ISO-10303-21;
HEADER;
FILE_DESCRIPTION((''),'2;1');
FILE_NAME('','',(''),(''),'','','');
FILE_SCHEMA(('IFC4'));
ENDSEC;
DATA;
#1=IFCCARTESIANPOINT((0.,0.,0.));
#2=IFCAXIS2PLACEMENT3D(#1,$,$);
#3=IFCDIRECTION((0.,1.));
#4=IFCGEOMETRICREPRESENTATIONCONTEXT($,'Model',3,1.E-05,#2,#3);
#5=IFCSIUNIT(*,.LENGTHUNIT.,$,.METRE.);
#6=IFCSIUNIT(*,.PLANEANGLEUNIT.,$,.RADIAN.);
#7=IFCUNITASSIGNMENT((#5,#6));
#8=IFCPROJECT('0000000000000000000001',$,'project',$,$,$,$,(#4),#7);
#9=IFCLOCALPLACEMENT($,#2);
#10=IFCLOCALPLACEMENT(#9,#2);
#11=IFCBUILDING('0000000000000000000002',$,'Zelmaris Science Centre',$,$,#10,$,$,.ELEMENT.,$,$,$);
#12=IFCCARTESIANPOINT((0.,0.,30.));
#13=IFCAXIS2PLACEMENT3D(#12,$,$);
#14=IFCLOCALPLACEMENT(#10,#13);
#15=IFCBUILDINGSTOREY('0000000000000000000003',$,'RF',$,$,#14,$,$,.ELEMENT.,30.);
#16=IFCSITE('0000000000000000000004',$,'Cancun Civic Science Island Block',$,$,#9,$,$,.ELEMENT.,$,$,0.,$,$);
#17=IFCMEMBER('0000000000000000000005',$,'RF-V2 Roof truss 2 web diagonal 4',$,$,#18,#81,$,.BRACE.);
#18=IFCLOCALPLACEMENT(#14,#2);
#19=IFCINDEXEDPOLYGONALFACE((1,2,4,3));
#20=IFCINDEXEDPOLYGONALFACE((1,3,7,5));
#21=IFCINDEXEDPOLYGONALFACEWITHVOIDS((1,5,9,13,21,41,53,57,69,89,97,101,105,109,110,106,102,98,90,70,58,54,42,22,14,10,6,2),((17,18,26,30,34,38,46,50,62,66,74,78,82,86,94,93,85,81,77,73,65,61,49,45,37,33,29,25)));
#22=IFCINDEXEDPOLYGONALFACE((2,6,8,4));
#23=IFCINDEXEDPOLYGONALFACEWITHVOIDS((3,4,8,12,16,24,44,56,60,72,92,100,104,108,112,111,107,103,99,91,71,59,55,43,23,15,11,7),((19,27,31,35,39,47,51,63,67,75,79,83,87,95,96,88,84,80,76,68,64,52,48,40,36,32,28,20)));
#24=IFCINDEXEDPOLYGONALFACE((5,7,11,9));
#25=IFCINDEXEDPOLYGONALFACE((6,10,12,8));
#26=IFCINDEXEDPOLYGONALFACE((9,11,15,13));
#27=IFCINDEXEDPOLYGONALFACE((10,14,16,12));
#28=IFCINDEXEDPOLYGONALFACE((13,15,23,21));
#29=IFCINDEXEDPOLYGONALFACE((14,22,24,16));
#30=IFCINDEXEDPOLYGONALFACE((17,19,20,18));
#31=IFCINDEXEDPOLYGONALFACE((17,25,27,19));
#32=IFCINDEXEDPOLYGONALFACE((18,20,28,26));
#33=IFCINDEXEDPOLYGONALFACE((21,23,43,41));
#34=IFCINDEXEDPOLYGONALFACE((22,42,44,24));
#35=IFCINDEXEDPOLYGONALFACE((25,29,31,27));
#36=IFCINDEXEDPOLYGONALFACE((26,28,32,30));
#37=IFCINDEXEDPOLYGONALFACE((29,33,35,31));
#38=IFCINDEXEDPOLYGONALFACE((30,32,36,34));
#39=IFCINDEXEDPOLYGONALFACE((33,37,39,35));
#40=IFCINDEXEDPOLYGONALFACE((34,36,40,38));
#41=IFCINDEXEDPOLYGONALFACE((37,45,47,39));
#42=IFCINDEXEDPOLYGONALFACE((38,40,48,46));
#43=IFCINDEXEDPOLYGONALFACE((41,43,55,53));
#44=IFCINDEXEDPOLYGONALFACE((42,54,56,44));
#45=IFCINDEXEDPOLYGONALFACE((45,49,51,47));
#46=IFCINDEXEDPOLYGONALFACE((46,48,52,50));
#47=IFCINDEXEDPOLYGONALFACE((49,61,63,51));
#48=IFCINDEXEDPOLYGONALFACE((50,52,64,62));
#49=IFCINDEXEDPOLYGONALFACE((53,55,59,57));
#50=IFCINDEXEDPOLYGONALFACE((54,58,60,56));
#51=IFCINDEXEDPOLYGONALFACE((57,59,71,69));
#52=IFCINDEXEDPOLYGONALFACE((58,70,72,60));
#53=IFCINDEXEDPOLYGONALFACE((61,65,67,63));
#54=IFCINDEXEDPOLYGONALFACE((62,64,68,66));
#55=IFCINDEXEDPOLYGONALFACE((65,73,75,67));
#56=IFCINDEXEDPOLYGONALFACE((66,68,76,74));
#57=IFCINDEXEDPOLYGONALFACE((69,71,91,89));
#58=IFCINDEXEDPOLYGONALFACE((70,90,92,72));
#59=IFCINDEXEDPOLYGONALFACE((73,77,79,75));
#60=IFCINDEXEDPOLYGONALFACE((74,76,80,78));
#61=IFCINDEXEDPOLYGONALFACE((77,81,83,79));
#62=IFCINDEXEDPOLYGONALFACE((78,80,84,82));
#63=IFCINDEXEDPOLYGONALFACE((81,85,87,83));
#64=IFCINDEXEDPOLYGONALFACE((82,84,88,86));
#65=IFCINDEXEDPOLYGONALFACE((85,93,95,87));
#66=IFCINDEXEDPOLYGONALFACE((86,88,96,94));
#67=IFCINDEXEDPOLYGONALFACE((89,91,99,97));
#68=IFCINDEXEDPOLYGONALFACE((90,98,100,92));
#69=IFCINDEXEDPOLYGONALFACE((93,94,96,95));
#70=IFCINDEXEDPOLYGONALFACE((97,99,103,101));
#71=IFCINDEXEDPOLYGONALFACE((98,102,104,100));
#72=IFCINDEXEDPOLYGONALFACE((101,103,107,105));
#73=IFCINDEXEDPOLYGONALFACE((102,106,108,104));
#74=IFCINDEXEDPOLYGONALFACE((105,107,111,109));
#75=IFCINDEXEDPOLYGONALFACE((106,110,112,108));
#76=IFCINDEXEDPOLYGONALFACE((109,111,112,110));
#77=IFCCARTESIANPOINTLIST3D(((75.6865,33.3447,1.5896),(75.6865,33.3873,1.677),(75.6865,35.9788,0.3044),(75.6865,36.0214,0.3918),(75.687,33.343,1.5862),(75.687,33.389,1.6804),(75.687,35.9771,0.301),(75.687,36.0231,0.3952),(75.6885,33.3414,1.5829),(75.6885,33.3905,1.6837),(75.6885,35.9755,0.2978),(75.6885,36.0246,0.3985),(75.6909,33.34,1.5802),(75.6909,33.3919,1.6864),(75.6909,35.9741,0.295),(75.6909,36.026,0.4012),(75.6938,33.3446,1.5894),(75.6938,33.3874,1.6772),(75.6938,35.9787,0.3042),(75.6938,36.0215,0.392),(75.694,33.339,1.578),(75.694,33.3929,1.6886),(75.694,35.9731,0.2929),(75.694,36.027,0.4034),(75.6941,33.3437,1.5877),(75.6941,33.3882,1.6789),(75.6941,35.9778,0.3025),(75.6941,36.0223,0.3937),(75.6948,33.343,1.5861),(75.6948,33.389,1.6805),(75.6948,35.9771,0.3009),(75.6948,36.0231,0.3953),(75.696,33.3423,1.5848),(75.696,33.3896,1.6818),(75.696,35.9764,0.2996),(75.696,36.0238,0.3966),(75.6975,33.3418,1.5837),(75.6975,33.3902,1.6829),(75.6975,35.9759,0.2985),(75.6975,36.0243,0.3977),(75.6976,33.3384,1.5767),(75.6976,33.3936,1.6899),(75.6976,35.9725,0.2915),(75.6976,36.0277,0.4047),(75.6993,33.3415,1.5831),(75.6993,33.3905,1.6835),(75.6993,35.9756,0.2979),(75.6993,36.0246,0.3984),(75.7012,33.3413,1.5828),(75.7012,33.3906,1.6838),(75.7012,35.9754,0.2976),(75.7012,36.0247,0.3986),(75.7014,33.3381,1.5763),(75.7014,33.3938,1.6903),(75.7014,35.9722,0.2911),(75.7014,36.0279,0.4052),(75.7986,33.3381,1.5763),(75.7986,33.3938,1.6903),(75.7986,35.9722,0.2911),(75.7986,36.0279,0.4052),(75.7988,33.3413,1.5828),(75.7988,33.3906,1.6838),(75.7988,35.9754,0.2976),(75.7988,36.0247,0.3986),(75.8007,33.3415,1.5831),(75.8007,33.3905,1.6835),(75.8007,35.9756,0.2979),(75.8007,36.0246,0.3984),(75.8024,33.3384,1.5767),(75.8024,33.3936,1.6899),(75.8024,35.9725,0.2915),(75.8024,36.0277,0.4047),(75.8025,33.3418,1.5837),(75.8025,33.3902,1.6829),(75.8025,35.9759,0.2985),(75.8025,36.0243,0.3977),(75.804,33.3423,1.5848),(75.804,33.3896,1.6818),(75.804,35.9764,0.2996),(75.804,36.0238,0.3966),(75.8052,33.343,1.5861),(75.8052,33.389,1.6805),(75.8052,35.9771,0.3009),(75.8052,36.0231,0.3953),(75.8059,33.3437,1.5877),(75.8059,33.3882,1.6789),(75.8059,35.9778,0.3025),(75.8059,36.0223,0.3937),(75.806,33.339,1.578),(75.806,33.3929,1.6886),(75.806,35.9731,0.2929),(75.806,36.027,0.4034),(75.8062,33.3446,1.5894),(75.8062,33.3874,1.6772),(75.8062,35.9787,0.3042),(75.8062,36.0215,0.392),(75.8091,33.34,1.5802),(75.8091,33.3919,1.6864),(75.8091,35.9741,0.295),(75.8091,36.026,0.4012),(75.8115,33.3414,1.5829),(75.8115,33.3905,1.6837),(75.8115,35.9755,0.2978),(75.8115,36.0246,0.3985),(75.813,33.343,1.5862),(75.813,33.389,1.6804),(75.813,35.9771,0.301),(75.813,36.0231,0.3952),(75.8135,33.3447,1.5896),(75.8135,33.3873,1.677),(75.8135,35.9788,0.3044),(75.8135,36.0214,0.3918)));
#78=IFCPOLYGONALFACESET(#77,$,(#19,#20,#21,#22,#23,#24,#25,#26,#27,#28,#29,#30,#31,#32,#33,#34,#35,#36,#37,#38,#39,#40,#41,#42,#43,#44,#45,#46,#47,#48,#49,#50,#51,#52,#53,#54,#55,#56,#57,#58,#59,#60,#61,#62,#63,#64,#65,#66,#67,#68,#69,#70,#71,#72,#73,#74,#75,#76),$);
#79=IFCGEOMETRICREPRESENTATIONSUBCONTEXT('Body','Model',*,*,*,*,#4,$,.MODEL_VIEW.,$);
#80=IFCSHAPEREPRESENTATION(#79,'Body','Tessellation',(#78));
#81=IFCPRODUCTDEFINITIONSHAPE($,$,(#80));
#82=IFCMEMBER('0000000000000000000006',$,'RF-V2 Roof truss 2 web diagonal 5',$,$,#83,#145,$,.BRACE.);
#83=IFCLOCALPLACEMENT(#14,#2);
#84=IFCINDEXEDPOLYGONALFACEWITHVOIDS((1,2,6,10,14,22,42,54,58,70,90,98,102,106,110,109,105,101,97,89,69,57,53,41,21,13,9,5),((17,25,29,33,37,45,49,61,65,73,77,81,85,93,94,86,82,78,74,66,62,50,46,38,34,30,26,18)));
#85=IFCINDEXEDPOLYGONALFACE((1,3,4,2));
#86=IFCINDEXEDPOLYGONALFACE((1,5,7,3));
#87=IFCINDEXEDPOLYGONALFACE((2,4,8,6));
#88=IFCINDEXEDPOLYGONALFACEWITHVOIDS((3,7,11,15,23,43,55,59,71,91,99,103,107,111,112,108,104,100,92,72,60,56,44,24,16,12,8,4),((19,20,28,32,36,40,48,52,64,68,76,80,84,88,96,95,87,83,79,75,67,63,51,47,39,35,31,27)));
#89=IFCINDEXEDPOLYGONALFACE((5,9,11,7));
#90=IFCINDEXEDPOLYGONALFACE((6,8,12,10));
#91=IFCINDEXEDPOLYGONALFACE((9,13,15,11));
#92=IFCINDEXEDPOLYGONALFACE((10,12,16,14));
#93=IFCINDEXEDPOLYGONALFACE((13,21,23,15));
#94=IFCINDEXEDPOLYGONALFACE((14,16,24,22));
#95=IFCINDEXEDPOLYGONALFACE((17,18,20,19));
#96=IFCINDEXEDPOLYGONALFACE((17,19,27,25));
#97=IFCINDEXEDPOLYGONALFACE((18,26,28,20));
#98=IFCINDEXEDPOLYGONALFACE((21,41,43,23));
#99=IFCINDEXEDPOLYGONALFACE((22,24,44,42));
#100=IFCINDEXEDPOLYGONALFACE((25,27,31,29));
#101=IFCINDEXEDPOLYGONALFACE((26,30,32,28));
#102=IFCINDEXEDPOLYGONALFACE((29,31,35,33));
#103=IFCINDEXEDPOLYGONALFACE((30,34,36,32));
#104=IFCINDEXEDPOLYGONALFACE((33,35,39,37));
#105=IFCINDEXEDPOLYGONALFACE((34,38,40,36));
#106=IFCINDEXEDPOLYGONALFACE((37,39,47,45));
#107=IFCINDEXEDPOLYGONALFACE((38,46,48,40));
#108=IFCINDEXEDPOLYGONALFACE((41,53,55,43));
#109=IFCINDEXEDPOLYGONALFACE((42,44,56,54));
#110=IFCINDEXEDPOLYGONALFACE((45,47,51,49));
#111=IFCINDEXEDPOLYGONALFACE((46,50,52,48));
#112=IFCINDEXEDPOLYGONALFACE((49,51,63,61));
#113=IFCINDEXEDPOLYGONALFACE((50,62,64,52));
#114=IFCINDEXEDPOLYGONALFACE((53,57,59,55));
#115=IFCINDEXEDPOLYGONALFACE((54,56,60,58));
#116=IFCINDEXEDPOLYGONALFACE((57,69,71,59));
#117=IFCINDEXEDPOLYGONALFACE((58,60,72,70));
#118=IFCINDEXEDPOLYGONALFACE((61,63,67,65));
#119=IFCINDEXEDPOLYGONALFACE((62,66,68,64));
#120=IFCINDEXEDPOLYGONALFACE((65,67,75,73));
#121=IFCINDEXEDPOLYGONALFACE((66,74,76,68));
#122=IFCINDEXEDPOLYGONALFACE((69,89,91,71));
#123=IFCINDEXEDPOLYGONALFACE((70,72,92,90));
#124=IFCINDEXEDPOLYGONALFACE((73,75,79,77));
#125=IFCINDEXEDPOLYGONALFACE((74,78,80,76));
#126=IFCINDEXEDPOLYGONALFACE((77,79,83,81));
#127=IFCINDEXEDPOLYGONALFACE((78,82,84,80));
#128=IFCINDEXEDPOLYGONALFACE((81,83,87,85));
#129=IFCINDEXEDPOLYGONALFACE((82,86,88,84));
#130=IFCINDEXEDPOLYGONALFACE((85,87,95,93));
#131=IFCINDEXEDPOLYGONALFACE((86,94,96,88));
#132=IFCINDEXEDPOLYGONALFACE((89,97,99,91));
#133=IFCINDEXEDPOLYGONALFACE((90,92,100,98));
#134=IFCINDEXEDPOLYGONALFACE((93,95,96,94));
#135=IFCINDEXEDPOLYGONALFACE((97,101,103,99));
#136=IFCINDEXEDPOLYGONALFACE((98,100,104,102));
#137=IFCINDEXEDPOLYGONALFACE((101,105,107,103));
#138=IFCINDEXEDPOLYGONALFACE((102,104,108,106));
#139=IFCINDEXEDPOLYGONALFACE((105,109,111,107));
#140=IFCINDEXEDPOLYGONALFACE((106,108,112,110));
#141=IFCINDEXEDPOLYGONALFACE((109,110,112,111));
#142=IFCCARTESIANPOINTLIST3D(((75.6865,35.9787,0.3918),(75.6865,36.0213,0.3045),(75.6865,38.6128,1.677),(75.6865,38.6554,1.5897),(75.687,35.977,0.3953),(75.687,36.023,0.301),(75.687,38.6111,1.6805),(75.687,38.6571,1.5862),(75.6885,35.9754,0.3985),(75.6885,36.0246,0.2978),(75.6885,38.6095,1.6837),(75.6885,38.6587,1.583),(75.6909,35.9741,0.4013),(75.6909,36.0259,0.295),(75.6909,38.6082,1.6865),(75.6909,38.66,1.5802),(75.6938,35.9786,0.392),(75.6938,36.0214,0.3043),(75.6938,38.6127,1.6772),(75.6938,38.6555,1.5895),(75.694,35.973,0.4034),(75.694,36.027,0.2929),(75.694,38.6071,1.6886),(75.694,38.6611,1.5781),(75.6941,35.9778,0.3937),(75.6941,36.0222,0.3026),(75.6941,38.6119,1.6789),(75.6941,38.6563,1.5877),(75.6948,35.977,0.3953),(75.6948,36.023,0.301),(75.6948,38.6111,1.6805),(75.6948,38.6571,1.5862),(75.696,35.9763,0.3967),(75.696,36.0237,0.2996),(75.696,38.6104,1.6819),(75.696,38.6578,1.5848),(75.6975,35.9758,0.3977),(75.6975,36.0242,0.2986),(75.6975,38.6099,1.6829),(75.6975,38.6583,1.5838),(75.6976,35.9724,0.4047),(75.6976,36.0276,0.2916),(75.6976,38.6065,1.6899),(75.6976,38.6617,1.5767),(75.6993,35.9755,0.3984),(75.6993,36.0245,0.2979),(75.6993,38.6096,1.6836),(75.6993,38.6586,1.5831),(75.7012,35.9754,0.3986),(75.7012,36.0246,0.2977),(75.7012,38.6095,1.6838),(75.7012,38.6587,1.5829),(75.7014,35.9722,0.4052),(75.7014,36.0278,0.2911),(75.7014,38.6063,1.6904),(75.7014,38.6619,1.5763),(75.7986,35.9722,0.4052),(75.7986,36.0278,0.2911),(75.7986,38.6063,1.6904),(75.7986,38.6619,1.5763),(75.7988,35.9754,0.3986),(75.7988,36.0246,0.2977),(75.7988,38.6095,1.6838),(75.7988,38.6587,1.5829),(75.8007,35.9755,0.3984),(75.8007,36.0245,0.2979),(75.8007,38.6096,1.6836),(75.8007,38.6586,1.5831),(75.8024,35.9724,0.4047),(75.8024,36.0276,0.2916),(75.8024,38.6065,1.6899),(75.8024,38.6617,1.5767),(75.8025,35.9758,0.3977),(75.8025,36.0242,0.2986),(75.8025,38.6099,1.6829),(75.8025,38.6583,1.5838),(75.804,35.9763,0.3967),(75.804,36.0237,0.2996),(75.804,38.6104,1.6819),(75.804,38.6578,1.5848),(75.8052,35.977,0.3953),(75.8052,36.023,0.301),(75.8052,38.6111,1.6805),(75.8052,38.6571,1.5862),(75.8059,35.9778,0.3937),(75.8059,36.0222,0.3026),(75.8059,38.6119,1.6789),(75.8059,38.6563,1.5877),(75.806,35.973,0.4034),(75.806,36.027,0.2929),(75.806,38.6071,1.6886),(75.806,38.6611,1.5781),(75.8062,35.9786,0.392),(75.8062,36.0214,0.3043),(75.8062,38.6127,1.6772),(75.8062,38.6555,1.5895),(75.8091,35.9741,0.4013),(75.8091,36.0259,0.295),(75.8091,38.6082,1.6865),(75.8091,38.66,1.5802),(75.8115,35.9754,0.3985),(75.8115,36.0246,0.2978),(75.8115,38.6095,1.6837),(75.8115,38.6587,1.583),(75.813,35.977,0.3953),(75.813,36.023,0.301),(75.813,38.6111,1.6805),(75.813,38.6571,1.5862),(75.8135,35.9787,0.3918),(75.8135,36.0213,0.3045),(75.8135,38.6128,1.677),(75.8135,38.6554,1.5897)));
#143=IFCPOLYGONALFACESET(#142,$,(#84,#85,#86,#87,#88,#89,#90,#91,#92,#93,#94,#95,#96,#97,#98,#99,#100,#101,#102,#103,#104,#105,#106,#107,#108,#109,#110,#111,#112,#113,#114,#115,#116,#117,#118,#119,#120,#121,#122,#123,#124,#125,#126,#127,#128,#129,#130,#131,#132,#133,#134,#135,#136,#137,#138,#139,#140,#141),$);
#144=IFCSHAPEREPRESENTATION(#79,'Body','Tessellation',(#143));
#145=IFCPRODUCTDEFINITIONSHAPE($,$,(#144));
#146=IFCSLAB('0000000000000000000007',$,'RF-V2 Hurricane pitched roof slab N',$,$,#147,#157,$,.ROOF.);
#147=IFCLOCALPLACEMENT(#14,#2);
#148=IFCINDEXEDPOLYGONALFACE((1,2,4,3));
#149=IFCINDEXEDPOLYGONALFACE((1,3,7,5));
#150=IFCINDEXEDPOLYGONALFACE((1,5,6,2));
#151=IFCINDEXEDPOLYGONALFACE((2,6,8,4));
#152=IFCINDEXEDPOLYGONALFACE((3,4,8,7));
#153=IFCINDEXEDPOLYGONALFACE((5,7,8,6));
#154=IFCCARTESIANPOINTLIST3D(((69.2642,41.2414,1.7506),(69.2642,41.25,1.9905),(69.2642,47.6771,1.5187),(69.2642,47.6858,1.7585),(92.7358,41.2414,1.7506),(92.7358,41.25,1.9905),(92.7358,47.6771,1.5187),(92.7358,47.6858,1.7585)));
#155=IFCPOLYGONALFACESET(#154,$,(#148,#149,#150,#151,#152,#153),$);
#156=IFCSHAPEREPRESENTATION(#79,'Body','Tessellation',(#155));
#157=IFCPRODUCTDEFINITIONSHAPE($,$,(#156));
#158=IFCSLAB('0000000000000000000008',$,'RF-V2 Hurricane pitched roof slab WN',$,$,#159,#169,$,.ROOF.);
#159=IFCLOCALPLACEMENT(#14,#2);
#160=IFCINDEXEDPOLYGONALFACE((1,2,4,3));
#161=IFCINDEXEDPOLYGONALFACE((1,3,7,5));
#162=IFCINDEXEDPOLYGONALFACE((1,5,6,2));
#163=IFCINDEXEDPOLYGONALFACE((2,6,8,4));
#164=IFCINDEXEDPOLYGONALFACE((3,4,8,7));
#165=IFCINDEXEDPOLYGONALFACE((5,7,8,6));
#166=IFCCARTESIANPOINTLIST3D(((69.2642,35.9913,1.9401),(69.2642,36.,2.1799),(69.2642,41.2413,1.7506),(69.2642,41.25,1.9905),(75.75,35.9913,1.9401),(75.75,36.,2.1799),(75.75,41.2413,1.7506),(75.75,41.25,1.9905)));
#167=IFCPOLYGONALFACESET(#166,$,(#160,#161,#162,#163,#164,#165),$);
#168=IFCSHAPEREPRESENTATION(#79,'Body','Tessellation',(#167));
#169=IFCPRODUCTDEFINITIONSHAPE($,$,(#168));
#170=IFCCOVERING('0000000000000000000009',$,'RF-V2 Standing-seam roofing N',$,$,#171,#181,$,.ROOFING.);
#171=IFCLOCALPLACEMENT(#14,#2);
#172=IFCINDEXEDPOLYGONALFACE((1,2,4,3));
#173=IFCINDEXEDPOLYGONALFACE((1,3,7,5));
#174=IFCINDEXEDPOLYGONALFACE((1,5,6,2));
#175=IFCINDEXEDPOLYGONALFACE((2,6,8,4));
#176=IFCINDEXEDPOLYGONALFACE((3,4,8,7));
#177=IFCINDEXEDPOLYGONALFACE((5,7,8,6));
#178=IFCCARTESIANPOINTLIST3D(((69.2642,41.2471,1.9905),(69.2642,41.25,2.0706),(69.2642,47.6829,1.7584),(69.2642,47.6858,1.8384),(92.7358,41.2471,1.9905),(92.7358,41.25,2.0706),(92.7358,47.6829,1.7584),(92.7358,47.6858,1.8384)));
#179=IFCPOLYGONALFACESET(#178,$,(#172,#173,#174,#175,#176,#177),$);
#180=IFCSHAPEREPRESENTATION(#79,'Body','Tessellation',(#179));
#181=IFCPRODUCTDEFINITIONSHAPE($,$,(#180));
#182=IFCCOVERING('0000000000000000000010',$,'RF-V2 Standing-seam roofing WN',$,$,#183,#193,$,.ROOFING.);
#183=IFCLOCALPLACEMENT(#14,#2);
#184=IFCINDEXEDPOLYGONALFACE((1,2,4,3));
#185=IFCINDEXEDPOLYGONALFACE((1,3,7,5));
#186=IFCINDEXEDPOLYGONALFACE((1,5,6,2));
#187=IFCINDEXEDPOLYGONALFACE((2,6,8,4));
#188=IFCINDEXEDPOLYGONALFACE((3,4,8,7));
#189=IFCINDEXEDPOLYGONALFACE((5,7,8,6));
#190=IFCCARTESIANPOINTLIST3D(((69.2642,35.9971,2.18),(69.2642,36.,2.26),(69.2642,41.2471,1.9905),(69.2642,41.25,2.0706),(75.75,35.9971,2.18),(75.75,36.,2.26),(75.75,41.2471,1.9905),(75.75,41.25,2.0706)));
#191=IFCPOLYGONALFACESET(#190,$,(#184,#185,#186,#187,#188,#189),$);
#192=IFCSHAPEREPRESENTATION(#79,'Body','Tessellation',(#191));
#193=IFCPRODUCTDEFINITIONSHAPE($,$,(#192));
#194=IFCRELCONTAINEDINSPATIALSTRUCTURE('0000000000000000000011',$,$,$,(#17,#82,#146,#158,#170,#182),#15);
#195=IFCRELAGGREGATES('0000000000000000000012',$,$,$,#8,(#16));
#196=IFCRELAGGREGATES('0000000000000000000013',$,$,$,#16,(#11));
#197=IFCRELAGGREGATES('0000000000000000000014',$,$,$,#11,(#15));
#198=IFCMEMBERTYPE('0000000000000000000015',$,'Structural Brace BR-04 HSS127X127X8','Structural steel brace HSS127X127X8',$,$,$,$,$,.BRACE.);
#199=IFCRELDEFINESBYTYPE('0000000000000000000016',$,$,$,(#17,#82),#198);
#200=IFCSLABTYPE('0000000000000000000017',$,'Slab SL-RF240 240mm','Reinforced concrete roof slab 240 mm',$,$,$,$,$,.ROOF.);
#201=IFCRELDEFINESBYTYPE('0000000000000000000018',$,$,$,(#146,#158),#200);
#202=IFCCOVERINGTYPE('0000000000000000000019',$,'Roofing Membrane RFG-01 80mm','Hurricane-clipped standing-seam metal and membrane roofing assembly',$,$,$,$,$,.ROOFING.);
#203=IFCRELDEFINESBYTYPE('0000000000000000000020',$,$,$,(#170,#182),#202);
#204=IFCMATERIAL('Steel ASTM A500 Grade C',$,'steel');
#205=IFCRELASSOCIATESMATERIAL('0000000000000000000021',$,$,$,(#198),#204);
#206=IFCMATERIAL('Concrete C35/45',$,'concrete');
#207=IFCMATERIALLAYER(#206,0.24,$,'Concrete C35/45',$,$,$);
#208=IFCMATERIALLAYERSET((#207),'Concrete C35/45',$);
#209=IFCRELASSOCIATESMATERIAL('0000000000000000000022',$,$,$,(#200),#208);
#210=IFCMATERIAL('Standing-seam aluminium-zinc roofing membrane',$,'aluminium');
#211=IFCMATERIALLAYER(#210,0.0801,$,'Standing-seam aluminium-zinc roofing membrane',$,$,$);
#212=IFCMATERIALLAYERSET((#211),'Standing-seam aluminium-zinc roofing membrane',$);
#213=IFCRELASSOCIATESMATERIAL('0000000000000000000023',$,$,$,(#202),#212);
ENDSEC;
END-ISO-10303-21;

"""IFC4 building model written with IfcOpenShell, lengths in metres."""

from ifc_helpers import new_model, si_unit, direction, frame, origin, origin_2d, place, context, subcontext, project, spatial, polyline, hollow_rectangle, outline, extrude, material, layer, layer_set, material_profile, profile_set, type_object, element, save


model = new_model("IFC4")

# Units and contexts
model_context = context("Model", 3, precision=1e-05, world=origin(), true_north=direction((0.0, 1.0)))
body_context = subcontext(model_context, "Body", "Model", "MODEL_VIEW")
ifc_project = project(units=[si_unit("LENGTHUNIT", "METRE"), si_unit("PLANEANGLEUNIT", "RADIAN")], contexts=[model_context])

# Site, building, storey
site_placement = place(None, origin())
site = spatial("IfcSite", under=ifc_project, at=site_placement, Name="Cancun Civic Science Island Block", CompositionType="ELEMENT", RefElevation=0.0)
building_placement = place(site_placement, origin())
building = spatial("IfcBuilding", under=site, at=building_placement, Name="Zelmaris Science Centre", CompositionType="ELEMENT")
storey_placement = place(building_placement, frame((0.0, 0.0, 30.0)))
storey = spatial("IfcBuildingStorey", under=building, at=storey_placement, Name="RF", CompositionType="ELEMENT", Elevation=30.0)

# Shared definitions
ifc_material_1 = material(Name="Steel ASTM A500 Grade C", Category="steel")

# Members
ifc_material_profile_1 = material_profile(ifc_material_1, hollow_rectangle(XDim=0.127, YDim=0.127, WallThickness=0.0073, InnerFilletRadius=0.0073, OuterFilletRadius=0.0149, at=origin_2d()), Name="HSS127X127X8")
ifc_profile_set_1 = profile_set([ifc_material_profile_1], Name="Steel ASTM A500 Grade C")
member_type_1 = type_object("IfcMemberType", Name="Structural Brace BR-04 HSS127X127X8", Description="Structural steel brace HSS127X127X8", PredefinedType="BRACE", material=ifc_profile_set_1)
for number, where, z_axis, x_axis, name in (
    (1, (75.75, 33.366, 1.6333), (0.0, 0.898733, -0.438496), (-1.0, 0.0, 0.0), "RF-V2 Roof truss 2 web diagonal 4"),
    (2, (75.75, 36.0, 0.3481), (0.0, 0.898733, 0.438496), (-1.0, 0.0, 0.0), "RF-V2 Roof truss 2 web diagonal 5"),
):
    element("IfcMember", number, at=place(storey_placement, frame(where, z_axis=z_axis, x_axis=x_axis)), inside=storey, type_object=member_type_1, Name=name, PredefinedType="BRACE", context=body_context, shape_type="SweptSolid", body=[
        extrude(hollow_rectangle(XDim=0.127, YDim=0.127, WallThickness=0.0073, InnerFilletRadius=0.0073, OuterFilletRadius=0.0149, at=origin_2d()), origin(), (0.0, 0.0, 1.0), 2.9309),
    ])

# Slabs
ifc_material_2 = material(Name="Concrete C35/45", Category="concrete")
ifc_layer_1 = layer(ifc_material_2, 0.24, Name="Concrete C35/45")
ifc_layer_set_1 = layer_set([ifc_layer_1], Name="Concrete C35/45")
slab_type = type_object("IfcSlabType", Name="Slab SL-RF240 240mm", Description="Reinforced concrete roof slab 240 mm", PredefinedType="ROOF", material=ifc_layer_set_1)
slab_1_placement = place(storey_placement, frame((69.2642, 41.25, 1.9905), z_axis=(0.0, 0.036015, 0.999351), x_axis=(1.0, 0.0, 0.0)))
element("IfcSlab", 3, at=slab_1_placement, inside=storey, type_object=slab_type, Name="RF-V2 Hurricane pitched roof slab N", PredefinedType="ROOF", context=body_context, shape_type="SweptSolid", body=[
    extrude(outline(polyline([(0.0, 0.0), (23.4717, 0.0), (23.4717, 6.44), (0.0, 6.44), (0.0, 0.0)])), origin(), (0.0, 0.0, -1.0), 0.24),
])
slab_2_placement = place(storey_placement, frame((69.2642, 36.0, 2.1799), z_axis=(0.0, 0.036063, 0.99935), x_axis=(1.0, 0.0, 0.0)))
element("IfcSlab", 4, at=slab_2_placement, inside=storey, type_object=slab_type, Name="RF-V2 Hurricane pitched roof slab WN", PredefinedType="ROOF", context=body_context, shape_type="SweptSolid", body=[
    extrude(outline(polyline([(0.0, 0.0), (6.4858, 0.0), (6.4858, 5.2534), (0.0, 5.2534), (0.0, 0.0)])), origin(), (0.0, 0.0, -1.0), 0.24),
])

# Coverings
ifc_material_3 = material(Name="Standing-seam aluminium-zinc roofing membrane", Category="aluminium")
ifc_layer_2 = layer(ifc_material_3, 0.0801, Name="Standing-seam aluminium-zinc roofing membrane")
ifc_layer_set_2 = layer_set([ifc_layer_2], Name="Standing-seam aluminium-zinc roofing membrane")
covering_type = type_object("IfcCoveringType", Name="Roofing Membrane RFG-01 80mm", Description="Hurricane-clipped standing-seam metal and membrane roofing assembly", PredefinedType="ROOFING", material=ifc_layer_set_2)
covering_1_placement = place(storey_placement, frame((69.2642, 41.25, 2.0706), z_axis=(0.0, 0.036053, 0.99935), x_axis=(1.0, 0.0, 0.0)))
element("IfcCovering", 5, at=covering_1_placement, inside=storey, type_object=covering_type, Name="RF-V2 Standing-seam roofing N", PredefinedType="ROOFING", context=body_context, shape_type="SweptSolid", body=[
    extrude(outline(polyline([(0.0, 0.0), (23.4717, 0.0), (23.4717, 6.44), (0.0, 6.44), (0.0, 0.0)])), origin(), (0.0, 0.0, -1.0), 0.0801),
])
covering_2_placement = place(storey_placement, frame((69.2642, 36.0, 2.26), z_axis=(0.0, 0.036063, 0.99935), x_axis=(1.0, 0.0, 0.0)))
element("IfcCovering", 6, at=covering_2_placement, inside=storey, type_object=covering_type, Name="RF-V2 Standing-seam roofing WN", PredefinedType="ROOFING", context=body_context, shape_type="SweptSolid", body=[
    extrude(outline(polyline([(0.0, 0.0), (6.4858, 0.0), (6.4858, 5.2534), (0.0, 5.2534), (0.0, 0.0)])), origin(), (0.0, 0.0, -1.0), 0.0801),
])

save(model, "model.ifc")
